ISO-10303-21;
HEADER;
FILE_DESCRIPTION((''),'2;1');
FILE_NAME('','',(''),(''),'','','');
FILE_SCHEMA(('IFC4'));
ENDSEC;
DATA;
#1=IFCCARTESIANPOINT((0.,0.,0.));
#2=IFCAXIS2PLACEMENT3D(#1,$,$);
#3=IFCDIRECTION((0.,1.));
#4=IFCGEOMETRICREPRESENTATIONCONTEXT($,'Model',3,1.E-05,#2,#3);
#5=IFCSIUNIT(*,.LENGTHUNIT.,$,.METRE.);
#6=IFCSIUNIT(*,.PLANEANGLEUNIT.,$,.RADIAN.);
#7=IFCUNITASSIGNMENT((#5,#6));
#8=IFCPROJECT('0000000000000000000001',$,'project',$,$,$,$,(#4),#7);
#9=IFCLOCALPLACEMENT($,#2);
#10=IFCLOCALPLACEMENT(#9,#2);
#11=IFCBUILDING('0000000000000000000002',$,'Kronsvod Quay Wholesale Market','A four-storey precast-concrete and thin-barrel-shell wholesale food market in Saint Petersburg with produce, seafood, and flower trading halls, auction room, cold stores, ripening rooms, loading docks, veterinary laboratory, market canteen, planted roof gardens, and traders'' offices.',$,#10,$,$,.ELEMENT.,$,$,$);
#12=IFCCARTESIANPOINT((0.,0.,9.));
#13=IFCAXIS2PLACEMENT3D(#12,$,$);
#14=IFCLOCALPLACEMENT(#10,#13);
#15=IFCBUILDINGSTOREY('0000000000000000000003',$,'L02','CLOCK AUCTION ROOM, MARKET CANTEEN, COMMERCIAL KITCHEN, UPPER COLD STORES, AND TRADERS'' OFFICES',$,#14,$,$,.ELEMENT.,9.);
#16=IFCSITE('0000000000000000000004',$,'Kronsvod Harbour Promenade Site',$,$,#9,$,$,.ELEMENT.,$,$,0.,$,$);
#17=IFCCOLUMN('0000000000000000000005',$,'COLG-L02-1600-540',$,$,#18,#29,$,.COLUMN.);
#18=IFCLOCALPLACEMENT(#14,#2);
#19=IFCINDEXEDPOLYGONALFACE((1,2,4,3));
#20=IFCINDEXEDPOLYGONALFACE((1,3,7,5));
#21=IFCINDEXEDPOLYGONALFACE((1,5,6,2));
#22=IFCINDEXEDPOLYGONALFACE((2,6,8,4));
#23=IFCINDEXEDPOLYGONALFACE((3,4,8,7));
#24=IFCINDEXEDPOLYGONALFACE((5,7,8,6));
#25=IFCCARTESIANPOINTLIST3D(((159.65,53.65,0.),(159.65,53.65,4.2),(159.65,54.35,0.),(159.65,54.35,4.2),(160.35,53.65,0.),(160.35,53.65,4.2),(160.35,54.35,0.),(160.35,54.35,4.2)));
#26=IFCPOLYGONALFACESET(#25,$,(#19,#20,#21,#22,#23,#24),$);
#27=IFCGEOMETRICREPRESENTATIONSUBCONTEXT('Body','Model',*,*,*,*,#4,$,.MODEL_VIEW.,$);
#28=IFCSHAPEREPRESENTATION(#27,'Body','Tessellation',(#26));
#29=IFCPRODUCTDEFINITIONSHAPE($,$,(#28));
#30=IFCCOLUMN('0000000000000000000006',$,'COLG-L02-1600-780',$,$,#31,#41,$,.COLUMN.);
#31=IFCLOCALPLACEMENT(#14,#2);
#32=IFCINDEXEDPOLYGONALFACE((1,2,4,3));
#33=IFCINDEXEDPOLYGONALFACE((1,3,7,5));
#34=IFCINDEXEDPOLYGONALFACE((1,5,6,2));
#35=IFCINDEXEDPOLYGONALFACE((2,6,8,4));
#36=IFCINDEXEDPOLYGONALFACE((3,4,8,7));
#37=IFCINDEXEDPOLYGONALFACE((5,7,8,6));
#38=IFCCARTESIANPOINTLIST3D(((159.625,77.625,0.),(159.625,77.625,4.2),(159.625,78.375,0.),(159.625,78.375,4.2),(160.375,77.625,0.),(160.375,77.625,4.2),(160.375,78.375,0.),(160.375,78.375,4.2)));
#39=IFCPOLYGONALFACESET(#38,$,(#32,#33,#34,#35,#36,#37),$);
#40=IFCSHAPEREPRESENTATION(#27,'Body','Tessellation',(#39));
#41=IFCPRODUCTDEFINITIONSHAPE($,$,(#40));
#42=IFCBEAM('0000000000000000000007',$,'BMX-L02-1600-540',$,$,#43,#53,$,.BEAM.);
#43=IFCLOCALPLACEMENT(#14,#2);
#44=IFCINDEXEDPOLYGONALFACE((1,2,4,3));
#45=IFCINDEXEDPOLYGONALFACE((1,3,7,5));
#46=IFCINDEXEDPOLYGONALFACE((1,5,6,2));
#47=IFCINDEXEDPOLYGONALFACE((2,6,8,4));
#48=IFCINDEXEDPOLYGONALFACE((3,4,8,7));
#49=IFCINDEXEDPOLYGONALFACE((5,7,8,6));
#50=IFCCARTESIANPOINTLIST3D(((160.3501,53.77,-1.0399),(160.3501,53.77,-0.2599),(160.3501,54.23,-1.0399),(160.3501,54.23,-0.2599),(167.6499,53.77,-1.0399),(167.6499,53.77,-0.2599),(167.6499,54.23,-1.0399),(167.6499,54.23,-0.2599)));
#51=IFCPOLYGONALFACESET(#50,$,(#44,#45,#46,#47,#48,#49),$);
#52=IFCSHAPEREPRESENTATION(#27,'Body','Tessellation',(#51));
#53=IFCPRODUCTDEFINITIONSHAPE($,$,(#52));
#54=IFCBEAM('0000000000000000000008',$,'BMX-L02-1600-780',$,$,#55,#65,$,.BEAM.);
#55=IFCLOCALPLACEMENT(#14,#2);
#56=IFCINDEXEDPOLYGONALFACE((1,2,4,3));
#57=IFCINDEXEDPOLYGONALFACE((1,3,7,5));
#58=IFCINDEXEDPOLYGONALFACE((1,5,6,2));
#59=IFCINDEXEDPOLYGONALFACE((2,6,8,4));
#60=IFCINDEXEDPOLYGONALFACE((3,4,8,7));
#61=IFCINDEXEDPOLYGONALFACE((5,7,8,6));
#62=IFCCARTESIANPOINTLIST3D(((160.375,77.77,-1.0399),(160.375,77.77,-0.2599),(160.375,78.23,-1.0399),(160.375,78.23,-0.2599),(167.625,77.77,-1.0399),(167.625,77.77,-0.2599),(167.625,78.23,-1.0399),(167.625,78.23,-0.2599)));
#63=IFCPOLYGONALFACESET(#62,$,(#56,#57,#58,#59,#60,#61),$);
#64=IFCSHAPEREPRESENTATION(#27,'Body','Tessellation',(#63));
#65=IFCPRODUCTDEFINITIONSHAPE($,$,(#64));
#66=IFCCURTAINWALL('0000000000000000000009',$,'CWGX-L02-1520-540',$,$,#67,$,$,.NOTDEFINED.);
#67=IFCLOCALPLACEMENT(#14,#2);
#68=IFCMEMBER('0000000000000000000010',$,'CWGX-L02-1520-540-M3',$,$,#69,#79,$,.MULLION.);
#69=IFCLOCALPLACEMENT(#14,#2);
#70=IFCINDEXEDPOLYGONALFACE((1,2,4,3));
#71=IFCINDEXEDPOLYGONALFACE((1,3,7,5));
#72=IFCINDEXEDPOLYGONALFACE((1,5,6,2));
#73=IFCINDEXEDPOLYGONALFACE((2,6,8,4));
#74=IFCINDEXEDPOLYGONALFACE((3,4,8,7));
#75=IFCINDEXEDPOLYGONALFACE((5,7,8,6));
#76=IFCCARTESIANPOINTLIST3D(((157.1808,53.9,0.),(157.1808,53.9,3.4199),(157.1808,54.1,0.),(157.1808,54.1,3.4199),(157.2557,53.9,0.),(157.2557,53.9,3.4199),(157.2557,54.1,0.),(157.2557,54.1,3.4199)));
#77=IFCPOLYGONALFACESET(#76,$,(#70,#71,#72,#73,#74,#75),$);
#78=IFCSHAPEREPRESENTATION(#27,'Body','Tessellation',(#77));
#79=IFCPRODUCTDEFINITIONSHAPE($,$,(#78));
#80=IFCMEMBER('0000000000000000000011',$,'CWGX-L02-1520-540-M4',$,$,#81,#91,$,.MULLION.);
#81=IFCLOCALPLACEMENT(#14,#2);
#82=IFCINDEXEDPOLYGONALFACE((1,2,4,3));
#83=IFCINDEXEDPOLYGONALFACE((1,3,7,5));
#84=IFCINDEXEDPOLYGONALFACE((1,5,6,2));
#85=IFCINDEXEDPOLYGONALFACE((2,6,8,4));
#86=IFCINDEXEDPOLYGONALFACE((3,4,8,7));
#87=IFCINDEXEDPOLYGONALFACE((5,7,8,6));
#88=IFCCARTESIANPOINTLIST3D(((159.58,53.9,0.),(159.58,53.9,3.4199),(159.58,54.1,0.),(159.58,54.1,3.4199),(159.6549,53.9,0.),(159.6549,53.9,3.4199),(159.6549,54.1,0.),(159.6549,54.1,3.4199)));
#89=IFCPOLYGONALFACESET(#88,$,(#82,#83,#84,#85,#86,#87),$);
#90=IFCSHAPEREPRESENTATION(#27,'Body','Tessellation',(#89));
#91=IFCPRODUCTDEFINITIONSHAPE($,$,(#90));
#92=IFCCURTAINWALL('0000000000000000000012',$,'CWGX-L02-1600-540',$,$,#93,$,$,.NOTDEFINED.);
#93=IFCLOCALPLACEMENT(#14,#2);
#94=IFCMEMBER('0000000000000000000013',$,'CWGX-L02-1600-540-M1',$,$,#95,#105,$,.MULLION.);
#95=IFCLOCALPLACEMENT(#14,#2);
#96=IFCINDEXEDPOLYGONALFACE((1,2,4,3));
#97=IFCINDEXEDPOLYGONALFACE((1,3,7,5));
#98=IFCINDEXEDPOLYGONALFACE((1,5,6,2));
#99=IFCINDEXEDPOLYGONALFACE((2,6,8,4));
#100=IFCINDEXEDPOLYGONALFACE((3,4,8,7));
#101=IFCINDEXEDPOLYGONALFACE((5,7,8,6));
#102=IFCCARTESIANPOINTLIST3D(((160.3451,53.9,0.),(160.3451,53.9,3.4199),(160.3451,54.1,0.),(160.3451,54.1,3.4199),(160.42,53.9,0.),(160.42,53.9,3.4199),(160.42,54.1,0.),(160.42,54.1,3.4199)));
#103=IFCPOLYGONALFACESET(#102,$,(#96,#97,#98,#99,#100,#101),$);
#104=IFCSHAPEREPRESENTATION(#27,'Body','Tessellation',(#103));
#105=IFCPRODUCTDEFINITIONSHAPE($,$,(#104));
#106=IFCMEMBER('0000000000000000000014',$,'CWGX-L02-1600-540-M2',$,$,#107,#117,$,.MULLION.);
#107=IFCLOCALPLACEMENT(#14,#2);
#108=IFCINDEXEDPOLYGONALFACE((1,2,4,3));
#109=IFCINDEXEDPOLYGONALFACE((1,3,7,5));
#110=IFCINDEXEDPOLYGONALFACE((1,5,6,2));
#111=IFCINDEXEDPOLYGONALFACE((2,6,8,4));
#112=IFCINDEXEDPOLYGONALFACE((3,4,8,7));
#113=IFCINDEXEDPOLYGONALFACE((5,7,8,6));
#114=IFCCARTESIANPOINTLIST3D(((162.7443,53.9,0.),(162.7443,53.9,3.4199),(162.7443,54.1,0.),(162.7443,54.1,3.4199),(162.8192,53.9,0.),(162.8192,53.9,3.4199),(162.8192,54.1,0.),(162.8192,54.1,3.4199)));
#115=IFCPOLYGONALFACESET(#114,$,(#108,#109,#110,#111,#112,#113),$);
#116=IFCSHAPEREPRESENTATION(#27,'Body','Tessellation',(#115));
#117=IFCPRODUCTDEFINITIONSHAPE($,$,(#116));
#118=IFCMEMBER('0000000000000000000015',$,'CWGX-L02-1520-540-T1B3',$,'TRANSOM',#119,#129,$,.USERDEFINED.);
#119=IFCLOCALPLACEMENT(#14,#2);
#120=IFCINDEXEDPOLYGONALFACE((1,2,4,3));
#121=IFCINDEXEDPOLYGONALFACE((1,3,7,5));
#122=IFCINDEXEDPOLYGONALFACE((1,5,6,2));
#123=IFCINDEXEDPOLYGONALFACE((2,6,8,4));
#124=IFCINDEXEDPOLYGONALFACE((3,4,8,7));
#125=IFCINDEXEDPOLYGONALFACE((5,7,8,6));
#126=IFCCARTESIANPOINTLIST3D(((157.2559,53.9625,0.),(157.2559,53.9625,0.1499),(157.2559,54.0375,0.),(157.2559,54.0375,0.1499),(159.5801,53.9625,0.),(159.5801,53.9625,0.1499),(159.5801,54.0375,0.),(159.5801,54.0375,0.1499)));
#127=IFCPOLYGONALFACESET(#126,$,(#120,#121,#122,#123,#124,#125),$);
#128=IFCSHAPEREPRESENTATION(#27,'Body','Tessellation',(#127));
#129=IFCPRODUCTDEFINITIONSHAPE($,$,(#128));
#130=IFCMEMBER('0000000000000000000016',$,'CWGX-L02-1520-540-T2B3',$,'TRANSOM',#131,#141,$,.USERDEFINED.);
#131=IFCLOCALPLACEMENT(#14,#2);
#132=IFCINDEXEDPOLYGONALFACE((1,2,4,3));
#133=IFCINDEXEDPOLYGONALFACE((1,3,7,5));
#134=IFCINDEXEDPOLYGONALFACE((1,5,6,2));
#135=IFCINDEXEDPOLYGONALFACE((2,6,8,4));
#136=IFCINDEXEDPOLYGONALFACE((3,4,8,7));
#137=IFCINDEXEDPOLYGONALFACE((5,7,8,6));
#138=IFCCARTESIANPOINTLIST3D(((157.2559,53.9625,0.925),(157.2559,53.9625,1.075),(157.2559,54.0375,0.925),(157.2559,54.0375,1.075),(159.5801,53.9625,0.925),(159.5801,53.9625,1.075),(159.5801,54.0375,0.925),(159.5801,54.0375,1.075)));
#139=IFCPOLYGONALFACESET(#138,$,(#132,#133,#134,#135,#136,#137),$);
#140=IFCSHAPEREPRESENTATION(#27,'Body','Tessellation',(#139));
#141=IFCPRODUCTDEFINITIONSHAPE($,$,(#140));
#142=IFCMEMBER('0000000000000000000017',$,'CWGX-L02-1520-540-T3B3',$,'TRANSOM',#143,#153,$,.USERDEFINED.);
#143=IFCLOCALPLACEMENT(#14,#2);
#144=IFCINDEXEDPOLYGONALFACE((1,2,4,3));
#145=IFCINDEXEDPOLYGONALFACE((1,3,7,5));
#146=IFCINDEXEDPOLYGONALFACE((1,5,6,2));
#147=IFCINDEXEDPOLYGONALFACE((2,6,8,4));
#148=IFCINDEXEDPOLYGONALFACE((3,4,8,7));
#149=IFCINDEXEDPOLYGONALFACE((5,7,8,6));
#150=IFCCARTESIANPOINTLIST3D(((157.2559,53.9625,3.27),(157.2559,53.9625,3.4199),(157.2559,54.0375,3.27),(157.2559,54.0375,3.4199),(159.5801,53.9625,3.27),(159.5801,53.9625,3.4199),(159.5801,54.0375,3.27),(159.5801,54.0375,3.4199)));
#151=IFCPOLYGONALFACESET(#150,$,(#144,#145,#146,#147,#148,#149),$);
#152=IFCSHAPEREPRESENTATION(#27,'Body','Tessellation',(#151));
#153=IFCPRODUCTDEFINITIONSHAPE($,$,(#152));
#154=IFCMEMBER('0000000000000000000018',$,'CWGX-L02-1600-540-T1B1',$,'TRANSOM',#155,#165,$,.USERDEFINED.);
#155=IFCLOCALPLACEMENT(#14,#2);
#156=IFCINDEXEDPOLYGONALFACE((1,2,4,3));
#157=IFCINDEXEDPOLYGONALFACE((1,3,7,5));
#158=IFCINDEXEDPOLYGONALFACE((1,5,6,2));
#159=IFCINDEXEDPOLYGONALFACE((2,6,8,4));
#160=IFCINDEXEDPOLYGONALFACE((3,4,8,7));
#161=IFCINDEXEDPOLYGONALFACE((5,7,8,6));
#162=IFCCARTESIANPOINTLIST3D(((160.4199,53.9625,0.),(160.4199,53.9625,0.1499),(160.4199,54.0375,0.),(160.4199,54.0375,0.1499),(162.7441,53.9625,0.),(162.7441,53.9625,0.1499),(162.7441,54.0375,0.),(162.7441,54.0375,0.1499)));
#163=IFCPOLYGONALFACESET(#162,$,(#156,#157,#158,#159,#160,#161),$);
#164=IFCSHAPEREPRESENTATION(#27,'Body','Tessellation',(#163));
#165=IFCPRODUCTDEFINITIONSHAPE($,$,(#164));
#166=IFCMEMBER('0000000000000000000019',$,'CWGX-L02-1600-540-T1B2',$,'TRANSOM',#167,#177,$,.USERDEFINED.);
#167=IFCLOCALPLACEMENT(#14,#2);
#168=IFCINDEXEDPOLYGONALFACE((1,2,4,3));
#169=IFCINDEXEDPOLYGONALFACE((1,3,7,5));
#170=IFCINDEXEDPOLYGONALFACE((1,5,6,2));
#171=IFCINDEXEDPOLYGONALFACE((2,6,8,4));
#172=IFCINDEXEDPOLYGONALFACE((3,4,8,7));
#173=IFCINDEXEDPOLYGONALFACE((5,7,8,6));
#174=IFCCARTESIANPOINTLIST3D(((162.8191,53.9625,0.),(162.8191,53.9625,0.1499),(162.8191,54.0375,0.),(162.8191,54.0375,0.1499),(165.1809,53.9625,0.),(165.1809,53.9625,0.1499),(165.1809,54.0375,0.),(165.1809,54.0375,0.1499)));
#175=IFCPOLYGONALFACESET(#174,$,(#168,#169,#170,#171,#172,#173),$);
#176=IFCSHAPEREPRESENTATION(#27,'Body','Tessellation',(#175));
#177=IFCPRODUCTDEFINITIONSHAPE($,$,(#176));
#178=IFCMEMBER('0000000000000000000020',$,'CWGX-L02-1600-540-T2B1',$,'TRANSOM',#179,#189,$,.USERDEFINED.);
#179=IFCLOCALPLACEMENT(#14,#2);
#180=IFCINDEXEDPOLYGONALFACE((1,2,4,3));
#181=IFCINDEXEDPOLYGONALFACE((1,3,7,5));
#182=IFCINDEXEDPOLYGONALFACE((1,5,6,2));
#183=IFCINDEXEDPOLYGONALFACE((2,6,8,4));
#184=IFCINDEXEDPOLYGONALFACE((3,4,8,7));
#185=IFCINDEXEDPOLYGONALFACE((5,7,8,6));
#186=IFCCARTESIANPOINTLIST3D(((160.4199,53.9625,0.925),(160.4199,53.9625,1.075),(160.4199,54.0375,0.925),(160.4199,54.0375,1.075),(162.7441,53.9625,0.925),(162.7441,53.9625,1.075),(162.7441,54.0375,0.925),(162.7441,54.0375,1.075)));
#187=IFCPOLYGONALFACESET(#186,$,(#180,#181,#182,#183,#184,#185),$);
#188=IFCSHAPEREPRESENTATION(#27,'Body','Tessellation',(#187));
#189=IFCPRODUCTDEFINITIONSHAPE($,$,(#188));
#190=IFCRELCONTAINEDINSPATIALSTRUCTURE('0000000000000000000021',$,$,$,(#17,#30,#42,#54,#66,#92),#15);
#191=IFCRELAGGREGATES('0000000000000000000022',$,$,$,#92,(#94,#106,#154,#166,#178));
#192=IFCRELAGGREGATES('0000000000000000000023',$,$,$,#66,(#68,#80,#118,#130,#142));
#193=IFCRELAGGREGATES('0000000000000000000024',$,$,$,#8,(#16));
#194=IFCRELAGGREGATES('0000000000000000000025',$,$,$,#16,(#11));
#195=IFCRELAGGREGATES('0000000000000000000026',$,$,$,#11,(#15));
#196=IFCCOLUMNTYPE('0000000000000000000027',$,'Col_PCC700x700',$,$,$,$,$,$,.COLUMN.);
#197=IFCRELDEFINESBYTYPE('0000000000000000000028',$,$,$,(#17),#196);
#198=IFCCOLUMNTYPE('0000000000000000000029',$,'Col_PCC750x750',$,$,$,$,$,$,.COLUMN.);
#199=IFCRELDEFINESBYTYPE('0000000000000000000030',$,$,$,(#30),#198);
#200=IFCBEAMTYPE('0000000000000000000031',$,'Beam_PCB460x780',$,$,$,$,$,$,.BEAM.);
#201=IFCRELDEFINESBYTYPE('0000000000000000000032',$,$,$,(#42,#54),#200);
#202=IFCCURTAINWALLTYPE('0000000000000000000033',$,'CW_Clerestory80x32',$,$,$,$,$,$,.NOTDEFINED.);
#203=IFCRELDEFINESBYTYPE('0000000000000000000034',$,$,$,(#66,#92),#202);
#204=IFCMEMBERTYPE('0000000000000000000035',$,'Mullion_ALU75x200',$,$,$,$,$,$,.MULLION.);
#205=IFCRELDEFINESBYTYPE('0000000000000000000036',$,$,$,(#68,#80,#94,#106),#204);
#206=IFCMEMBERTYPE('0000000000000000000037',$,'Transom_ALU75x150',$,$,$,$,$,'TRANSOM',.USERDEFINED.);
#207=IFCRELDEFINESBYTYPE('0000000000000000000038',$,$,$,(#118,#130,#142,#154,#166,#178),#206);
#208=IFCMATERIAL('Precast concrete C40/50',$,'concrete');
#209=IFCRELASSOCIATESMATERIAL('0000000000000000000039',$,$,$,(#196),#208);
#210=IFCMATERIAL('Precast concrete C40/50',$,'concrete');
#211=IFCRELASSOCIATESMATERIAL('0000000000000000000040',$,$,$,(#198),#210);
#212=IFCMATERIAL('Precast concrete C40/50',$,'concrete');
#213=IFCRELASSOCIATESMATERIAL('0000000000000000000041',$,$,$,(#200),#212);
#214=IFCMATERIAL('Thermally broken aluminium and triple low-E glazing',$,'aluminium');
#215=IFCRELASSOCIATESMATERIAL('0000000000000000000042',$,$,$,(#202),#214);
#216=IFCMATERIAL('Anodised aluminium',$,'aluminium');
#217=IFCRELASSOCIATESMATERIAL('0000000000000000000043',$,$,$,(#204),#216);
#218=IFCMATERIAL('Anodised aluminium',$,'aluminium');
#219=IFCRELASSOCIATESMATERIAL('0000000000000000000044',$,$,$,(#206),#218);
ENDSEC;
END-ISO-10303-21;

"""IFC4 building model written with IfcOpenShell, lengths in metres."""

from ifc_helpers import new_model, si_unit, direction, frame, origin, origin_2d, place, context, subcontext, project, spatial, rectangle, extrude, material, material_profile, profile_set, type_object, element, aggregate, save


model = new_model("IFC4")

# Units and contexts
model_context = context("Model", 3, precision=1e-05, world=origin(), true_north=direction((0.0, 1.0)))
body_context = subcontext(model_context, "Body", "Model", "MODEL_VIEW")
ifc_project = project(units=[si_unit("LENGTHUNIT", "METRE"), si_unit("PLANEANGLEUNIT", "RADIAN")], contexts=[model_context])

# Site, building, storey
site_placement = place(None, origin())
site = spatial("IfcSite", under=ifc_project, at=site_placement, Name="Kronsvod Harbour Promenade Site", CompositionType="ELEMENT", RefElevation=0.0)
building_placement = place(site_placement, origin())
building = spatial("IfcBuilding", under=site, at=building_placement, Name="Kronsvod Quay Wholesale Market", Description="A four-storey precast-concrete and thin-barrel-shell wholesale food market in Saint Petersburg with produce, seafood, and flower trading halls, auction room, cold stores, ripening rooms, loading docks, veterinary laboratory, market canteen, planted roof gardens, and traders' offices.", CompositionType="ELEMENT")
storey_placement = place(building_placement, frame((0.0, 0.0, 9.0)))
storey = spatial("IfcBuildingStorey", under=building, at=storey_placement, Name="L02", Description="CLOCK AUCTION ROOM, MARKET CANTEEN, COMMERCIAL KITCHEN, UPPER COLD STORES, AND TRADERS' OFFICES", CompositionType="ELEMENT", Elevation=9.0)

# Columns
ifc_material_1 = material(Name="Precast concrete C40/50", Category="concrete")
ifc_material_profile_1 = material_profile(ifc_material_1, rectangle(XDim=0.7, YDim=0.7, at=origin_2d()), Name="PCC700x700")
ifc_profile_set_1 = profile_set([ifc_material_profile_1], Name="Precast concrete C40/50")
column_type_1 = type_object("IfcColumnType", Name="Col_PCC700x700", PredefinedType="COLUMN", material=ifc_profile_set_1)
column_1_placement = place(storey_placement, frame((160.0, 54.0, 0.0), z_axis=(0.0, 0.0, 1.0), x_axis=(1.0, 0.0, 0.0)))
element("IfcColumn", 1, at=column_1_placement, inside=storey, type_object=column_type_1, Name="COLG-L02-1600-540", PredefinedType="COLUMN", context=body_context, shape_type="SweptSolid", body=[
    extrude(rectangle(XDim=0.7, YDim=0.7, at=origin_2d()), origin(), (0.0, 0.0, 1.0), 4.2),
])
ifc_material_2 = material(Name="Precast concrete C40/50", Category="concrete")
ifc_material_profile_2 = material_profile(ifc_material_2, rectangle(XDim=0.75, YDim=0.75, at=origin_2d()), Name="COL-07")
ifc_profile_set_2 = profile_set([ifc_material_profile_2], Name="Precast concrete C40/50")
column_type_2 = type_object("IfcColumnType", Name="Col_PCC750x750", PredefinedType="COLUMN", material=ifc_profile_set_2)
column_2_placement = place(storey_placement, frame((160.0, 78.0, 0.0), z_axis=(0.0, 0.0, 1.0), x_axis=(1.0, 0.0, 0.0)))
element("IfcColumn", 2, at=column_2_placement, inside=storey, type_object=column_type_2, Name="COLG-L02-1600-780", PredefinedType="COLUMN", context=body_context, shape_type="SweptSolid", body=[
    extrude(rectangle(XDim=0.75, YDim=0.75, at=origin_2d()), origin(), (0.0, 0.0, 1.0), 4.2),
])

# Beams
ifc_material_3 = material(Name="Precast concrete C40/50", Category="concrete")
ifc_material_profile_3 = material_profile(ifc_material_3, rectangle(XDim=0.46, YDim=0.78, at=origin_2d()), Name="PB-03")
ifc_profile_set_3 = profile_set([ifc_material_profile_3], Name="Precast concrete C40/50")
beam_type = type_object("IfcBeamType", Name="Beam_PCB460x780", PredefinedType="BEAM", material=ifc_profile_set_3)
beam_1_placement = place(storey_placement, frame((160.3501, 54.0, -0.6499), z_axis=(1.0, 0.0, 0.0), x_axis=(0.0, 1.0, 0.0)))
element("IfcBeam", 3, at=beam_1_placement, inside=storey, type_object=beam_type, Name="BMX-L02-1600-540", PredefinedType="BEAM", context=body_context, shape_type="SweptSolid", body=[
    extrude(rectangle(XDim=0.46, YDim=0.78, at=origin_2d()), origin(), (0.0, 0.0, 1.0), 7.2998),
])
beam_2_placement = place(storey_placement, frame((160.375, 78.0, -0.6499), z_axis=(1.0, 0.0, 0.0), x_axis=(0.0, 1.0, 0.0)))
element("IfcBeam", 4, at=beam_2_placement, inside=storey, type_object=beam_type, Name="BMX-L02-1600-780", PredefinedType="BEAM", context=body_context, shape_type="SweptSolid", body=[
    extrude(rectangle(XDim=0.46, YDim=0.78, at=origin_2d()), origin(), (0.0, 0.0, 1.0), 7.25),
])

# Curtain walls, members
ifc_material_4 = material(Name="Thermally broken aluminium and triple low-E glazing", Category="aluminium")
curtain_wall_type = type_object("IfcCurtainWallType", Name="CW_Clerestory80x32", PredefinedType="NOTDEFINED", material=ifc_material_4)
curtain_wall_1_placement = place(storey_placement, origin())
curtain_wall_1 = element("IfcCurtainWall", 5, at=curtain_wall_1_placement, inside=storey, type_object=curtain_wall_type, Name="CWGX-L02-1520-540", PredefinedType="NOTDEFINED")
ifc_material_5 = material(Name="Anodised aluminium", Category="aluminium")
ifc_material_profile_4 = material_profile(ifc_material_5, rectangle(XDim=0.075, YDim=0.2, at=origin_2d()), Name="ALUM75x200")
ifc_profile_set_4 = profile_set([ifc_material_profile_4], Name="Anodised aluminium")
member_type_1 = type_object("IfcMemberType", Name="Mullion_ALU75x200", PredefinedType="MULLION", material=ifc_profile_set_4)
member_1_placement = place(storey_placement, frame((157.2183, 54.0, 0.0), z_axis=(0.0, 0.0, 1.0), x_axis=(1.0, 0.0, 0.0)))
member_1 = element("IfcMember", 6, at=member_1_placement, type_object=member_type_1, Name="CWGX-L02-1520-540-M3", PredefinedType="MULLION", context=body_context, shape_type="SweptSolid", body=[
    extrude(rectangle(XDim=0.075, YDim=0.2, at=origin_2d()), origin(), (0.0, 0.0, 1.0), 3.4199),
])
member_2_placement = place(storey_placement, frame((159.6174, 54.0, 0.0), z_axis=(0.0, 0.0, 1.0), x_axis=(1.0, 0.0, 0.0)))
member_2 = element("IfcMember", 7, at=member_2_placement, type_object=member_type_1, Name="CWGX-L02-1520-540-M4", PredefinedType="MULLION", context=body_context, shape_type="SweptSolid", body=[
    extrude(rectangle(XDim=0.075, YDim=0.2, at=origin_2d()), origin(), (0.0, 0.0, 1.0), 3.4199),
])
curtain_wall_2_placement = place(storey_placement, origin())
curtain_wall_2 = element("IfcCurtainWall", 8, at=curtain_wall_2_placement, inside=storey, type_object=curtain_wall_type, Name="CWGX-L02-1600-540", PredefinedType="NOTDEFINED")
member_3_placement = place(storey_placement, frame((160.3826, 54.0, 0.0), z_axis=(0.0, 0.0, 1.0), x_axis=(1.0, 0.0, 0.0)))
member_3 = element("IfcMember", 9, at=member_3_placement, type_object=member_type_1, Name="CWGX-L02-1600-540-M1", PredefinedType="MULLION", context=body_context, shape_type="SweptSolid", body=[
    extrude(rectangle(XDim=0.075, YDim=0.2, at=origin_2d()), origin(), (0.0, 0.0, 1.0), 3.4199),
])
member_4_placement = place(storey_placement, frame((162.7817, 54.0, 0.0), z_axis=(0.0, 0.0, 1.0), x_axis=(1.0, 0.0, 0.0)))
member_4 = element("IfcMember", 10, at=member_4_placement, type_object=member_type_1, Name="CWGX-L02-1600-540-M2", PredefinedType="MULLION", context=body_context, shape_type="SweptSolid", body=[
    extrude(rectangle(XDim=0.075, YDim=0.2, at=origin_2d()), origin(), (0.0, 0.0, 1.0), 3.4199),
])

# Members
ifc_material_6 = material(Name="Anodised aluminium", Category="aluminium")
ifc_material_profile_5 = material_profile(ifc_material_6, rectangle(XDim=0.075, YDim=0.1499, at=origin_2d()), Name="ALUT75x150")
ifc_profile_set_5 = profile_set([ifc_material_profile_5], Name="Anodised aluminium")
member_type_2 = type_object("IfcMemberType", Name="Transom_ALU75x150", ElementType="TRANSOM", PredefinedType="USERDEFINED", material=ifc_profile_set_5)
member_5_placement = place(storey_placement, frame((157.2559, 54.0, 0.075), z_axis=(1.0, 0.0, 0.0), x_axis=(0.0, 1.0, 0.0)))
member_5 = element("IfcMember", 11, at=member_5_placement, type_object=member_type_2, Name="CWGX-L02-1520-540-T1B3", ObjectType="TRANSOM", PredefinedType="USERDEFINED", context=body_context, shape_type="SweptSolid", body=[
    extrude(rectangle(XDim=0.075, YDim=0.1499, at=origin_2d()), origin(), (0.0, 0.0, 1.0), 2.3242),
])
member_6_placement = place(storey_placement, frame((157.2559, 54.0, 1.0), z_axis=(1.0, 0.0, 0.0), x_axis=(0.0, 1.0, 0.0)))
member_6 = element("IfcMember", 12, at=member_6_placement, type_object=member_type_2, Name="CWGX-L02-1520-540-T2B3", ObjectType="TRANSOM", PredefinedType="USERDEFINED", context=body_context, shape_type="SweptSolid", body=[
    extrude(rectangle(XDim=0.075, YDim=0.1499, at=origin_2d()), origin(), (0.0, 0.0, 1.0), 2.3242),
])
member_7_placement = place(storey_placement, frame((157.2559, 54.0, 3.345), z_axis=(1.0, 0.0, 0.0), x_axis=(0.0, 1.0, 0.0)))
member_7 = element("IfcMember", 13, at=member_7_placement, type_object=member_type_2, Name="CWGX-L02-1520-540-T3B3", ObjectType="TRANSOM", PredefinedType="USERDEFINED", context=body_context, shape_type="SweptSolid", body=[
    extrude(rectangle(XDim=0.075, YDim=0.1499, at=origin_2d()), origin(), (0.0, 0.0, 1.0), 2.3242),
])
member_8_placement = place(storey_placement, frame((160.4199, 54.0, 0.075), z_axis=(1.0, 0.0, 0.0), x_axis=(0.0, 1.0, 0.0)))
member_8 = element("IfcMember", 14, at=member_8_placement, type_object=member_type_2, Name="CWGX-L02-1600-540-T1B1", ObjectType="TRANSOM", PredefinedType="USERDEFINED", context=body_context, shape_type="SweptSolid", body=[
    extrude(rectangle(XDim=0.075, YDim=0.1499, at=origin_2d()), origin(), (0.0, 0.0, 1.0), 2.3242),
])
member_9_placement = place(storey_placement, frame((162.8191, 54.0, 0.075), z_axis=(1.0, 0.0, 0.0), x_axis=(0.0, 1.0, 0.0)))
member_9 = element("IfcMember", 15, at=member_9_placement, type_object=member_type_2, Name="CWGX-L02-1600-540-T1B2", ObjectType="TRANSOM", PredefinedType="USERDEFINED", context=body_context, shape_type="SweptSolid", body=[
    extrude(rectangle(XDim=0.075, YDim=0.1499, at=origin_2d()), origin(), (0.0, 0.0, 1.0), 2.3618),
])
member_10_placement = place(storey_placement, frame((160.4199, 54.0, 1.0), z_axis=(1.0, 0.0, 0.0), x_axis=(0.0, 1.0, 0.0)))
member_10 = element("IfcMember", 16, at=member_10_placement, type_object=member_type_2, Name="CWGX-L02-1600-540-T2B1", ObjectType="TRANSOM", PredefinedType="USERDEFINED", context=body_context, shape_type="SweptSolid", body=[
    extrude(rectangle(XDim=0.075, YDim=0.1499, at=origin_2d()), origin(), (0.0, 0.0, 1.0), 2.3242),
])

aggregate(curtain_wall_2, [member_3, member_4, member_8, member_9, member_10])
aggregate(curtain_wall_1, [member_1, member_2, member_5, member_6, member_7])

save(model, "model.ifc")
